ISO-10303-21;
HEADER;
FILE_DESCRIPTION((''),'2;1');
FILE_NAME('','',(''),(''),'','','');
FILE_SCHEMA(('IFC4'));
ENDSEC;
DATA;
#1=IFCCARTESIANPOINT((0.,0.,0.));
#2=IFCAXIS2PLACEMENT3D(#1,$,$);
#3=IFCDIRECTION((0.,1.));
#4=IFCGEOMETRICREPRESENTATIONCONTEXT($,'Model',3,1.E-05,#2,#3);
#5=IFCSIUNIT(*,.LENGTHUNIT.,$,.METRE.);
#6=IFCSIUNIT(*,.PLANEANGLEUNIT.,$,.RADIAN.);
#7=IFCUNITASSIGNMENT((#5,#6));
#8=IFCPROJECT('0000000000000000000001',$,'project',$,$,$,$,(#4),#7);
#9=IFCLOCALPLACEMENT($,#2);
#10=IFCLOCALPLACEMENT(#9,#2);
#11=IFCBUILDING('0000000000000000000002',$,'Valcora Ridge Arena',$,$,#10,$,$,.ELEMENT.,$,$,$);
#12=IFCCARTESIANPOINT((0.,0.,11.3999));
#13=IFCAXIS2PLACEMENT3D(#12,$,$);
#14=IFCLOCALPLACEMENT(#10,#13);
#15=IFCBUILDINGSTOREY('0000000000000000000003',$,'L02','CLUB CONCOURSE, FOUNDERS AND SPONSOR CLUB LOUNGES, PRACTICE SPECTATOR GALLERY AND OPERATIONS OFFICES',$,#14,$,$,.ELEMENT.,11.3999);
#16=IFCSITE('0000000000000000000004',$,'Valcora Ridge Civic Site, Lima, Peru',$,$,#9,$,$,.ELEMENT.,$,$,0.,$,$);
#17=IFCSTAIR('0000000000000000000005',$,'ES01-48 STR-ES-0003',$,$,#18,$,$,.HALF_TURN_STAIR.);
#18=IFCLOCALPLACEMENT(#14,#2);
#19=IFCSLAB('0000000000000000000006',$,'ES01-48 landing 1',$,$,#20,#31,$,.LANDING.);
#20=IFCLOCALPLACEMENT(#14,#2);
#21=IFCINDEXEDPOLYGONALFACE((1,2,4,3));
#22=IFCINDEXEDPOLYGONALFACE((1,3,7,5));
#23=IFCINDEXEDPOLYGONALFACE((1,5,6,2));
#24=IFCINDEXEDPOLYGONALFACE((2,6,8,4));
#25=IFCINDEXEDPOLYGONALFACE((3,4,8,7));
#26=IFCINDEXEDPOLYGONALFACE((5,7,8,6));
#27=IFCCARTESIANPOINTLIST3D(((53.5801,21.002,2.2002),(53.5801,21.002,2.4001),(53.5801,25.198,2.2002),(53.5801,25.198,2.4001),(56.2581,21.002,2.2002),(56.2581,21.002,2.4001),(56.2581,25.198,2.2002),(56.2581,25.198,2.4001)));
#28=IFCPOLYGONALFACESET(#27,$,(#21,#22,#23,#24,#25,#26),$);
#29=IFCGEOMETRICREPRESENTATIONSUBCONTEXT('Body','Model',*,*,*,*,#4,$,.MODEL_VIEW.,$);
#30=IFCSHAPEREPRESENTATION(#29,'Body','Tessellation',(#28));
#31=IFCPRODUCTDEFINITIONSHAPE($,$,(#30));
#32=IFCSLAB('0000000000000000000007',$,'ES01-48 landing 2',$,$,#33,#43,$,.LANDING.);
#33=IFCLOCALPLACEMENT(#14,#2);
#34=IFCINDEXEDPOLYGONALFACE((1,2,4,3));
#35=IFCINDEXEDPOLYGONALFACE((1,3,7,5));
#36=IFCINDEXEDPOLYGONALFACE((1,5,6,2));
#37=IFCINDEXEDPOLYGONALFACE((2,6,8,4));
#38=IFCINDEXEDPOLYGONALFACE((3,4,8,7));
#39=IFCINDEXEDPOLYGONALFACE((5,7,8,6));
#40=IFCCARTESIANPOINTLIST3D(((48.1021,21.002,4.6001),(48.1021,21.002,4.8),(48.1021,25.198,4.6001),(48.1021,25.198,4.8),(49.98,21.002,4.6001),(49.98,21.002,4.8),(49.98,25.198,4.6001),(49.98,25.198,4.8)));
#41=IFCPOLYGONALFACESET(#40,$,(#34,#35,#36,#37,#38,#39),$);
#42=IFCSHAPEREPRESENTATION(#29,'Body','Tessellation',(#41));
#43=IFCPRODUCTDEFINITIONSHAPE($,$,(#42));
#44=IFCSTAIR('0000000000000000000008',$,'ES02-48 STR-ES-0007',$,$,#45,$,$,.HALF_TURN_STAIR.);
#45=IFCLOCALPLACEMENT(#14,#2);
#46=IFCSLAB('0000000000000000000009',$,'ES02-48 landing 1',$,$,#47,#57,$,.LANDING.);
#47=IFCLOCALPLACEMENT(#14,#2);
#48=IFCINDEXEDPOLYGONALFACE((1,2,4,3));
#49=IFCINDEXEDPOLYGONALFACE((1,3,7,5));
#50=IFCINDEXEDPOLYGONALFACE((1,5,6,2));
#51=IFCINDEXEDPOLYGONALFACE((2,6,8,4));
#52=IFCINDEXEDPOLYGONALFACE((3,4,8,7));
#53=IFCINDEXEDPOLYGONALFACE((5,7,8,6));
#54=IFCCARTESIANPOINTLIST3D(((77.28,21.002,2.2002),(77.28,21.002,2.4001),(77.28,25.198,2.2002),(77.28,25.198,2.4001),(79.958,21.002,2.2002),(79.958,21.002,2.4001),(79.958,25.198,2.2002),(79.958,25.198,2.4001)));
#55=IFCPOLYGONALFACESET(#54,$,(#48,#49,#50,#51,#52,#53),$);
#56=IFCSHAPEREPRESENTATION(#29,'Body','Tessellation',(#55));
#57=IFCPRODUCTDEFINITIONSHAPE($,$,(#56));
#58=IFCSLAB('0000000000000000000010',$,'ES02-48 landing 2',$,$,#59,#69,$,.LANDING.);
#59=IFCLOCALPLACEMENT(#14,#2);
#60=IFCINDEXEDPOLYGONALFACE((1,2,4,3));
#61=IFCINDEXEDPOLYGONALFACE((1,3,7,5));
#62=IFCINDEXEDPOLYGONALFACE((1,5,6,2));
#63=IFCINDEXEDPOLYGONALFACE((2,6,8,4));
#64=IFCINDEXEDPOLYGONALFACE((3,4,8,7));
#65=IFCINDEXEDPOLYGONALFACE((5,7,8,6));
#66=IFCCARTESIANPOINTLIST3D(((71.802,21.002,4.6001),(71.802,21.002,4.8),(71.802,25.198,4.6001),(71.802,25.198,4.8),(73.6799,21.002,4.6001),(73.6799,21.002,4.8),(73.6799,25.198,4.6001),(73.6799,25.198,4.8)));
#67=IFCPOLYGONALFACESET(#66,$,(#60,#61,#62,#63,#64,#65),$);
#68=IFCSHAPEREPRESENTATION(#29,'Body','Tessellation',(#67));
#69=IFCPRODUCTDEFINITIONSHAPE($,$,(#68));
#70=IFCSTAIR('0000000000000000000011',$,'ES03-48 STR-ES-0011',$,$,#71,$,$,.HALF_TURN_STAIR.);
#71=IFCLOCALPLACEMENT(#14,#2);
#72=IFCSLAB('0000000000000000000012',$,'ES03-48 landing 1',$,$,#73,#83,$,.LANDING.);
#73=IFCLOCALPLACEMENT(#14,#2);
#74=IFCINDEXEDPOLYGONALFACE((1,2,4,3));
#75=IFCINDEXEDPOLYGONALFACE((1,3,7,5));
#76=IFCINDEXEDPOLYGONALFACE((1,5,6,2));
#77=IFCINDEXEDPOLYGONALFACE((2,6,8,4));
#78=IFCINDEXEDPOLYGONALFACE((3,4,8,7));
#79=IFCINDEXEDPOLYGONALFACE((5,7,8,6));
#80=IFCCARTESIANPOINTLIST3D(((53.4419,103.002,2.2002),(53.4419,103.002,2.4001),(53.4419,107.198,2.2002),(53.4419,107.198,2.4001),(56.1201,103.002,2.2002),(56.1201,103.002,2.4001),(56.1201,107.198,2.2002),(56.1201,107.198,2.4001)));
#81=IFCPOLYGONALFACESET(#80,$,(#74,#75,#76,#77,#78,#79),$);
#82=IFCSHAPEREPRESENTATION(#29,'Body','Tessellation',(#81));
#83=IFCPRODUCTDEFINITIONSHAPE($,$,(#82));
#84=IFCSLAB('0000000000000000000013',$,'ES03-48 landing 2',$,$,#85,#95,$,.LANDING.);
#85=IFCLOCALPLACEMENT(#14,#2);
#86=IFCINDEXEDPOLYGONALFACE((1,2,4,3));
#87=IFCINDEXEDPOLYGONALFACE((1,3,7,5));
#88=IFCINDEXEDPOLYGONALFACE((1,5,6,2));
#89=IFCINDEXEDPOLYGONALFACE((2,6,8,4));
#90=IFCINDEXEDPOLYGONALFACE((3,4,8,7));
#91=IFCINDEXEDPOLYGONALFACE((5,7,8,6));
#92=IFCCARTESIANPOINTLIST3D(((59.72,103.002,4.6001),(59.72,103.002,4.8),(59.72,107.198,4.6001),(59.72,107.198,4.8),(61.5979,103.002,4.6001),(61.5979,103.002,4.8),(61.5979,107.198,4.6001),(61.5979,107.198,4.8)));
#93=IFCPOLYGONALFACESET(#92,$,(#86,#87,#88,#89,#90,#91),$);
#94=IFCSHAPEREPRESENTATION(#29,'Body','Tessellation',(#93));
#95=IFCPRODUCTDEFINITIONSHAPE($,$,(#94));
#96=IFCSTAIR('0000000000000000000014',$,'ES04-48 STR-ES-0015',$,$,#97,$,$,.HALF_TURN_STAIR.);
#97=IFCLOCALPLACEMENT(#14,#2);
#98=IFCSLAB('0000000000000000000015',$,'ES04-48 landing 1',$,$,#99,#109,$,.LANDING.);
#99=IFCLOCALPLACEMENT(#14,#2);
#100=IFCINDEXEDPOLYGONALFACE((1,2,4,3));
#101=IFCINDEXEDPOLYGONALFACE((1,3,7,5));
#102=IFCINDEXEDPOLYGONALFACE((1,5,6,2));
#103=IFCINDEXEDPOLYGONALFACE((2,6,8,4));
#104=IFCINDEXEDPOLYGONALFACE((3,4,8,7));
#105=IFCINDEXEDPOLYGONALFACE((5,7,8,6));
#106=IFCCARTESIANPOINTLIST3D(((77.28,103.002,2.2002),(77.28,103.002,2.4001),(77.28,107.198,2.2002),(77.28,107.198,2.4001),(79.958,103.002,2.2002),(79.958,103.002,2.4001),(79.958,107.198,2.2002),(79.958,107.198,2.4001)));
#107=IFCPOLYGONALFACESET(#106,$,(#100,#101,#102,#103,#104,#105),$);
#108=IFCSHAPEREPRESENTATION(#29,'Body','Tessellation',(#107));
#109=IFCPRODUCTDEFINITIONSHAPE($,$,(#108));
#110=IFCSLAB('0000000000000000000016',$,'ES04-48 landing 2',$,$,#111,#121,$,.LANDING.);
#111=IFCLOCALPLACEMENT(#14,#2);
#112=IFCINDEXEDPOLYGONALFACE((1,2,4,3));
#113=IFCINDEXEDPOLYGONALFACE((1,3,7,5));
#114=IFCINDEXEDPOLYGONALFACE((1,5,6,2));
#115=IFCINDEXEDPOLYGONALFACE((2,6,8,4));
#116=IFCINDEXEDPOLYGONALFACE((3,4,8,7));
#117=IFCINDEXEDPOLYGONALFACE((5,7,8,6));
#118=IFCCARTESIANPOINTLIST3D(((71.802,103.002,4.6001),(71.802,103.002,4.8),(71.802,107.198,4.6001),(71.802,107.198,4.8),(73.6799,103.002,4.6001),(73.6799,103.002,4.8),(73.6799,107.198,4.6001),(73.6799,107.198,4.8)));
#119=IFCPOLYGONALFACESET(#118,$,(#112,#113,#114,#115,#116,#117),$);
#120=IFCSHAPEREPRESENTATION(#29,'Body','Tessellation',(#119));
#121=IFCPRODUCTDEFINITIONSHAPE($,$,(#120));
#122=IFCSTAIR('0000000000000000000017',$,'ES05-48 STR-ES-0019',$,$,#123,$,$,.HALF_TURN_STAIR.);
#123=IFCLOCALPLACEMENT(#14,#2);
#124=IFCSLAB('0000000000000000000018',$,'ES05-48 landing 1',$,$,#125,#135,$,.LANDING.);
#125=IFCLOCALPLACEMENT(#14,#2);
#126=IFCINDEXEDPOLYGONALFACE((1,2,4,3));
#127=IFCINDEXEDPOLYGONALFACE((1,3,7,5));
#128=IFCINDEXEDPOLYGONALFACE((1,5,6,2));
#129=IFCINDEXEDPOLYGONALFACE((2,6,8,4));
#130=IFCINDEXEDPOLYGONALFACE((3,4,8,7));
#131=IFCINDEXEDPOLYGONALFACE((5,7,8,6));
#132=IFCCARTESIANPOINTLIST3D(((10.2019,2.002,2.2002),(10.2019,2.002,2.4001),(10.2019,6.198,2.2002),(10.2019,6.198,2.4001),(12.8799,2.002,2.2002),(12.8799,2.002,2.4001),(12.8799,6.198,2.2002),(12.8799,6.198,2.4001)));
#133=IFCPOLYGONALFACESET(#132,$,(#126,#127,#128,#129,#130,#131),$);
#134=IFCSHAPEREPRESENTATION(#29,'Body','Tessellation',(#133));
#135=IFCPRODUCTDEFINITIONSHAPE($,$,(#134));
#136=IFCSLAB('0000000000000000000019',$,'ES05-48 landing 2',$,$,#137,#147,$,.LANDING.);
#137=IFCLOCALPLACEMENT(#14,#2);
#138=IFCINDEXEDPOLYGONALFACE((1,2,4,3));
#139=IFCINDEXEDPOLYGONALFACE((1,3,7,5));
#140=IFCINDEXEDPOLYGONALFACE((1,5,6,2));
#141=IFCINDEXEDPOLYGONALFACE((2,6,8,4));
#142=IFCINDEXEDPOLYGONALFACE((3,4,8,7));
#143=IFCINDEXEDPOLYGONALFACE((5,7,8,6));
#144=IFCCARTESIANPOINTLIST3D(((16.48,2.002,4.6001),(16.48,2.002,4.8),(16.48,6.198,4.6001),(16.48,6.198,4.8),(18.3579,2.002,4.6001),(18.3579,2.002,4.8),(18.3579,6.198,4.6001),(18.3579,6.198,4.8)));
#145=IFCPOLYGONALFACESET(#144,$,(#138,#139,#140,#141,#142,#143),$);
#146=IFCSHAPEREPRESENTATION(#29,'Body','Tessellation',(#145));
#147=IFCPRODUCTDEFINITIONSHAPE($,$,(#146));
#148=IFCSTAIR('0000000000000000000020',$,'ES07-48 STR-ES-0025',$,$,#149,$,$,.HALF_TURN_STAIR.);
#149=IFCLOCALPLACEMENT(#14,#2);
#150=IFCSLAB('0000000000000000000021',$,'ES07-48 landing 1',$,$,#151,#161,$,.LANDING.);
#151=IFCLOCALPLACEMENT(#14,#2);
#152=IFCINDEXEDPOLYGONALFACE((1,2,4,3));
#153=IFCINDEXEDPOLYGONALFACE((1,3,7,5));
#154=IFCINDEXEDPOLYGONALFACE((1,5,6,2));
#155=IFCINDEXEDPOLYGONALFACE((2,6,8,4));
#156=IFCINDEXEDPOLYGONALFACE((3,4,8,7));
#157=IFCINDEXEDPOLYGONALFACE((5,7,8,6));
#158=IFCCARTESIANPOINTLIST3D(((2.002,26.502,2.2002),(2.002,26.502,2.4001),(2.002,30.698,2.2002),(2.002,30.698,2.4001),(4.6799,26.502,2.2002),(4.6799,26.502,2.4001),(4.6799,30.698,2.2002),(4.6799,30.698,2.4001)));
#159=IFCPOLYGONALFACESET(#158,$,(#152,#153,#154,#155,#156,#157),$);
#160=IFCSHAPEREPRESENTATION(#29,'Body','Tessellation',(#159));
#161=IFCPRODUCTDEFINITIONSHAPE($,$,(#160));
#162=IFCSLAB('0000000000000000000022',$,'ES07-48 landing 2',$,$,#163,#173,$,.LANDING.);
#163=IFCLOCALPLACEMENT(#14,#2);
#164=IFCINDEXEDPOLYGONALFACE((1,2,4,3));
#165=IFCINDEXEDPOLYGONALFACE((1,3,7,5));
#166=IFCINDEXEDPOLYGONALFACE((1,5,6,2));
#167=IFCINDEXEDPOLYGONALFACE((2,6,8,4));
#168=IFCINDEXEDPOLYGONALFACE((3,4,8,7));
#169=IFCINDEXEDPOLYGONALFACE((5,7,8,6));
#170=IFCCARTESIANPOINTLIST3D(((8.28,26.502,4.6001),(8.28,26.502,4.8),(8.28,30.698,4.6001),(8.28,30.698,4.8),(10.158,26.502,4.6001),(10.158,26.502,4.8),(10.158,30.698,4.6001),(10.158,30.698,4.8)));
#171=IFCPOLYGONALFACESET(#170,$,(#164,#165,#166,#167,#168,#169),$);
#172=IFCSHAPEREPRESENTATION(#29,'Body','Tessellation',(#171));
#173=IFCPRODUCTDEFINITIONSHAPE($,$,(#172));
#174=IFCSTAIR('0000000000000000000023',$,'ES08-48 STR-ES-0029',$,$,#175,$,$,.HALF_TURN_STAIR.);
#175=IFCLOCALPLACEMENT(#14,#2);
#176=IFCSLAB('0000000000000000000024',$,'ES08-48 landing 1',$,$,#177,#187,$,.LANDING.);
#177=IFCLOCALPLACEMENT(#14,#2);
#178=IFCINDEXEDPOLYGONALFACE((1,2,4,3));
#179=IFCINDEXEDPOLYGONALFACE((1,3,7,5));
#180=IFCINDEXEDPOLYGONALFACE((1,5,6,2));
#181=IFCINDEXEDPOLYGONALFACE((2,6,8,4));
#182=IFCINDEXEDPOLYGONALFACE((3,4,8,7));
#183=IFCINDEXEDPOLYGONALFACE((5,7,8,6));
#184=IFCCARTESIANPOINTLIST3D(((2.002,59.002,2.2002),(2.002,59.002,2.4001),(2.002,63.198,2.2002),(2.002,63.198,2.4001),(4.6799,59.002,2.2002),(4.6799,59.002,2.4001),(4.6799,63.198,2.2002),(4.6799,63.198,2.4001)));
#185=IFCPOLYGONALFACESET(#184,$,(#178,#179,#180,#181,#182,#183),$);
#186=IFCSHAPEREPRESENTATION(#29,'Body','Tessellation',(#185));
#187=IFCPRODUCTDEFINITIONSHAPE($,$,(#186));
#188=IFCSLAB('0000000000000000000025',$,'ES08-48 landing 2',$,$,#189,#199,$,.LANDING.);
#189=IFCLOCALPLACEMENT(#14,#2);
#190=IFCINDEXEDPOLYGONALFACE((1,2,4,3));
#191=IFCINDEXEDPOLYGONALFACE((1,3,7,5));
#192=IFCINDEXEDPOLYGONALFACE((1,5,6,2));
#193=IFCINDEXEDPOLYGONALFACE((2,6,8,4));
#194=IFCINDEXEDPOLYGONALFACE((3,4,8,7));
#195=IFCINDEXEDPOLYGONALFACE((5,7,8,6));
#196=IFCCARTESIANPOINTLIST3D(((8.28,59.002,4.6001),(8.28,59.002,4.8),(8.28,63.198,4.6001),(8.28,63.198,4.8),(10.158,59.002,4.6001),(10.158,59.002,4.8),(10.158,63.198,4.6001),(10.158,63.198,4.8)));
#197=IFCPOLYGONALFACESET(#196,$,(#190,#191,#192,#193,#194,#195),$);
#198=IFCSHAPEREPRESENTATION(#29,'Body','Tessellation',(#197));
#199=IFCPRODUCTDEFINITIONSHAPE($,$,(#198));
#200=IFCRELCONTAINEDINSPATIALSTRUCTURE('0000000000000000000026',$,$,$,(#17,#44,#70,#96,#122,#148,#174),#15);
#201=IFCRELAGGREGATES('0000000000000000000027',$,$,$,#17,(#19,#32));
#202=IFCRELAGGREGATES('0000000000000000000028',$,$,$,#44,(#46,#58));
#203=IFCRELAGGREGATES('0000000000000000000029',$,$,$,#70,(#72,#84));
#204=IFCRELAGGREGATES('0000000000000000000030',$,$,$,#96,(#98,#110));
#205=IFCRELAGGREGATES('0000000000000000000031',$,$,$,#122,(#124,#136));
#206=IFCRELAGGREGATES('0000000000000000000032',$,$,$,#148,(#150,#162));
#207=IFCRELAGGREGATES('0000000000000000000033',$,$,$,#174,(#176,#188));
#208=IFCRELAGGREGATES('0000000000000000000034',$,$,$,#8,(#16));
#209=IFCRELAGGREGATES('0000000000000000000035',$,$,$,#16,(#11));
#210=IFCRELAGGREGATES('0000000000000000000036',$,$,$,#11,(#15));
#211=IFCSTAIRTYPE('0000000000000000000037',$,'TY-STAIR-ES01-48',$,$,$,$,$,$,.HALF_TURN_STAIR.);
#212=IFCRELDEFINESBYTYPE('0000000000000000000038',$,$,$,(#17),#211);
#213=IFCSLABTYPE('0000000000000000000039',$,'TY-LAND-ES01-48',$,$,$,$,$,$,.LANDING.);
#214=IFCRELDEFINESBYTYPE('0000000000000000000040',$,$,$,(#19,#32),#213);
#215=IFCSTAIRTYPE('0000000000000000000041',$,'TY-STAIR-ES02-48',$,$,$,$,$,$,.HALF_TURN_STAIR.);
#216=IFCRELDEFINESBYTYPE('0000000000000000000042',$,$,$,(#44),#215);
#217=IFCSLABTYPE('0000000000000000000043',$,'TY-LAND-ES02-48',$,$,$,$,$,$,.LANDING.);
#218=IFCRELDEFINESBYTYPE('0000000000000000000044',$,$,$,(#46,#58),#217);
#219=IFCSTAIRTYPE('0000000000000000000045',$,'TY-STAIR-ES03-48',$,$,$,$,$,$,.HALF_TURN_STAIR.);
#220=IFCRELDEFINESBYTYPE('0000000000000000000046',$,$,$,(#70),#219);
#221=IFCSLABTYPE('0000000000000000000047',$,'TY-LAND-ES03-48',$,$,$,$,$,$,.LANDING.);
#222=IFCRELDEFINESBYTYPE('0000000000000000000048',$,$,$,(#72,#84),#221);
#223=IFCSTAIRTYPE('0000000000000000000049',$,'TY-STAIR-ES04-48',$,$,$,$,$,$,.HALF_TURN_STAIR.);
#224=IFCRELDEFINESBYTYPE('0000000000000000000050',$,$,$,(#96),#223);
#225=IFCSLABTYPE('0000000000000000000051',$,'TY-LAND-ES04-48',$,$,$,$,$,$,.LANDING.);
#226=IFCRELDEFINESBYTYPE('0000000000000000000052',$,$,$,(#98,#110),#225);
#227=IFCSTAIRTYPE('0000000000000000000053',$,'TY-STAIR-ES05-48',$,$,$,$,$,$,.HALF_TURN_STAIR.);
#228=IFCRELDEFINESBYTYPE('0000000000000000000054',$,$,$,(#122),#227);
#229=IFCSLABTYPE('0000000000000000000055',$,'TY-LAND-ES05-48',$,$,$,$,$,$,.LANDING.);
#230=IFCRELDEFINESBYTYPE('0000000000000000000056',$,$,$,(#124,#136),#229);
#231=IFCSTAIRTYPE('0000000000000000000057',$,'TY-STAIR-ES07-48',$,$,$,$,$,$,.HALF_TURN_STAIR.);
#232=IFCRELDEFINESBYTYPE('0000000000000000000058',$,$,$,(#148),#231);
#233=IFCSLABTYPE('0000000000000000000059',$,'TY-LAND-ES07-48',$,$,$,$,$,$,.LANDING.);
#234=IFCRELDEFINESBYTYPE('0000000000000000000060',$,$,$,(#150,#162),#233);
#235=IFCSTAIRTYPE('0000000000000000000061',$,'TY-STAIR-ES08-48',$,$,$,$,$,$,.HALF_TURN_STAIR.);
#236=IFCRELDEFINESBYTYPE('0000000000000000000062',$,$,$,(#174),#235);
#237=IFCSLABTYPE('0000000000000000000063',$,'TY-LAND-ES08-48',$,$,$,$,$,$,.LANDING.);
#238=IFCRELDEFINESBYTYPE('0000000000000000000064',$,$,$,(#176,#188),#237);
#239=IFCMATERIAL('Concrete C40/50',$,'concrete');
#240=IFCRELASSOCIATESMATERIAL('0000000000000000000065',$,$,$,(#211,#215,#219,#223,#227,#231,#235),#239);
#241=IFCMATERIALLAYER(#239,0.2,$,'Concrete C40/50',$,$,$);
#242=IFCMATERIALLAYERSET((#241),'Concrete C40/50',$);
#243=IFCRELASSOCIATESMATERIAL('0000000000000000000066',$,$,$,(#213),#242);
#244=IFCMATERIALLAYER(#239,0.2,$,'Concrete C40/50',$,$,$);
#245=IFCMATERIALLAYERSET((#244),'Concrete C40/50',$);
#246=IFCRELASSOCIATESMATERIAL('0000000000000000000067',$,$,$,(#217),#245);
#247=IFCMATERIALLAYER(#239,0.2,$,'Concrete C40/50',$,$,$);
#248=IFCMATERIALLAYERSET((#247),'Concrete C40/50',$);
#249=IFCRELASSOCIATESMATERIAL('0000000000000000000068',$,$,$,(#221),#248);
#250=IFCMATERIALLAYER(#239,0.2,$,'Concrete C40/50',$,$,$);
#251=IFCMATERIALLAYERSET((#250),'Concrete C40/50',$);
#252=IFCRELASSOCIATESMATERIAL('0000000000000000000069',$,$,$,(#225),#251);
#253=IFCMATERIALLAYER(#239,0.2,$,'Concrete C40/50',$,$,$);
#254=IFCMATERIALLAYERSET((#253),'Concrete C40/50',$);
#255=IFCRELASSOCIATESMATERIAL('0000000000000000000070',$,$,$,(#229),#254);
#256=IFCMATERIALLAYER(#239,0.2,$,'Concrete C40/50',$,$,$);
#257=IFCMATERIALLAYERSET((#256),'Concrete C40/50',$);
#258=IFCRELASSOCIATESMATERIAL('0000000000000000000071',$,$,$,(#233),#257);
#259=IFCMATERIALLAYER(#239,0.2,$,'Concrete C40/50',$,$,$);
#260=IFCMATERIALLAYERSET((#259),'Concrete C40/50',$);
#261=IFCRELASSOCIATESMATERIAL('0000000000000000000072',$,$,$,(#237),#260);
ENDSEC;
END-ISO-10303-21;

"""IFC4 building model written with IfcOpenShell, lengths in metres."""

from ifc_helpers import new_model, si_unit, direction, frame, origin, place, context, subcontext, project, spatial, polyline, outline, extrude, material, layer, layer_set, type_object, element, aggregate, save


model = new_model("IFC4")

# Units and contexts
model_context = context("Model", 3, precision=1e-05, world=origin(), true_north=direction((0.0, 1.0)))
body_context = subcontext(model_context, "Body", "Model", "MODEL_VIEW")
ifc_project = project(units=[si_unit("LENGTHUNIT", "METRE"), si_unit("PLANEANGLEUNIT", "RADIAN")], contexts=[model_context])

# Site, building, storey
site_placement = place(None, origin())
site = spatial("IfcSite", under=ifc_project, at=site_placement, Name="Valcora Ridge Civic Site, Lima, Peru", CompositionType="ELEMENT", RefElevation=0.0)
building_placement = place(site_placement, origin())
building = spatial("IfcBuilding", under=site, at=building_placement, Name="Valcora Ridge Arena", CompositionType="ELEMENT")
storey_placement = place(building_placement, frame((0.0, 0.0, 11.3999)))
storey = spatial("IfcBuildingStorey", under=building, at=storey_placement, Name="L02", Description="CLUB CONCOURSE, FOUNDERS AND SPONSOR CLUB LOUNGES, PRACTICE SPECTATOR GALLERY AND OPERATIONS OFFICES", CompositionType="ELEMENT", Elevation=11.3999)

# Stairs, slabs
ifc_material = material(Name="Concrete C40/50", Category="concrete")
stair_type_1 = type_object("IfcStairType", Name="TY-STAIR-ES01-48", PredefinedType="HALF_TURN_STAIR", material=ifc_material)
stair_1_placement = place(storey_placement, origin())
stair_1 = element("IfcStair", 1, at=stair_1_placement, inside=storey, type_object=stair_type_1, Name="ES01-48 STR-ES-0003", PredefinedType="HALF_TURN_STAIR")
ifc_layer_1 = layer(ifc_material, 0.2, Name="Concrete C40/50")
ifc_layer_set_1 = layer_set([ifc_layer_1], Name="Concrete C40/50")
slab_type_1 = type_object("IfcSlabType", Name="TY-LAND-ES01-48", PredefinedType="LANDING", material=ifc_layer_set_1)
slab_1_placement = place(storey_placement, frame((0.0, 0.0, 2.2002)))
slab_1 = element("IfcSlab", 2, at=slab_1_placement, type_object=slab_type_1, Name="ES01-48 landing 1", PredefinedType="LANDING", context=body_context, shape_type="SweptSolid", body=[
    extrude(outline(polyline([(53.5801, 21.002), (56.2581, 21.002), (56.2581, 25.198), (53.5801, 25.198), (53.5801, 21.002)])), origin(), (0.0, 0.0, 1.0), 0.2),
])
slab_2_placement = place(storey_placement, frame((0.0, 0.0, 4.6001)))
slab_2 = element("IfcSlab", 3, at=slab_2_placement, type_object=slab_type_1, Name="ES01-48 landing 2", PredefinedType="LANDING", context=body_context, shape_type="SweptSolid", body=[
    extrude(outline(polyline([(48.1021, 21.002), (49.98, 21.002), (49.98, 25.198), (48.1021, 25.198), (48.1021, 21.002)])), origin(), (0.0, 0.0, 1.0), 0.2),
])
aggregate(stair_1, [slab_1, slab_2])
stair_type_2 = type_object("IfcStairType", Name="TY-STAIR-ES02-48", PredefinedType="HALF_TURN_STAIR", material=ifc_material)
stair_2_placement = place(storey_placement, origin())
stair_2 = element("IfcStair", 4, at=stair_2_placement, inside=storey, type_object=stair_type_2, Name="ES02-48 STR-ES-0007", PredefinedType="HALF_TURN_STAIR")
ifc_layer_2 = layer(ifc_material, 0.2, Name="Concrete C40/50")
ifc_layer_set_2 = layer_set([ifc_layer_2], Name="Concrete C40/50")
slab_type_2 = type_object("IfcSlabType", Name="TY-LAND-ES02-48", PredefinedType="LANDING", material=ifc_layer_set_2)
slab_3_placement = place(storey_placement, frame((0.0, 0.0, 2.2002)))
slab_3 = element("IfcSlab", 5, at=slab_3_placement, type_object=slab_type_2, Name="ES02-48 landing 1", PredefinedType="LANDING", context=body_context, shape_type="SweptSolid", body=[
    extrude(outline(polyline([(77.28, 21.002), (79.958, 21.002), (79.958, 25.198), (77.28, 25.198), (77.28, 21.002)])), origin(), (0.0, 0.0, 1.0), 0.2),
])
slab_4_placement = place(storey_placement, frame((0.0, 0.0, 4.6001)))
slab_4 = element("IfcSlab", 6, at=slab_4_placement, type_object=slab_type_2, Name="ES02-48 landing 2", PredefinedType="LANDING", context=body_context, shape_type="SweptSolid", body=[
    extrude(outline(polyline([(71.802, 21.002), (73.6799, 21.002), (73.6799, 25.198), (71.802, 25.198), (71.802, 21.002)])), origin(), (0.0, 0.0, 1.0), 0.2),
])
aggregate(stair_2, [slab_3, slab_4])
stair_type_3 = type_object("IfcStairType", Name="TY-STAIR-ES03-48", PredefinedType="HALF_TURN_STAIR", material=ifc_material)
stair_3_placement = place(storey_placement, origin())
stair_3 = element("IfcStair", 7, at=stair_3_placement, inside=storey, type_object=stair_type_3, Name="ES03-48 STR-ES-0011", PredefinedType="HALF_TURN_STAIR")
ifc_layer_3 = layer(ifc_material, 0.2, Name="Concrete C40/50")
ifc_layer_set_3 = layer_set([ifc_layer_3], Name="Concrete C40/50")
slab_type_3 = type_object("IfcSlabType", Name="TY-LAND-ES03-48", PredefinedType="LANDING", material=ifc_layer_set_3)
slab_5_placement = place(storey_placement, frame((0.0, 0.0, 2.2002)))
slab_5 = element("IfcSlab", 8, at=slab_5_placement, type_object=slab_type_3, Name="ES03-48 landing 1", PredefinedType="LANDING", context=body_context, shape_type="SweptSolid", body=[
    extrude(outline(polyline([(53.4419, 103.002), (56.1201, 103.002), (56.1201, 107.198), (53.4419, 107.198), (53.4419, 103.002)])), origin(), (0.0, 0.0, 1.0), 0.2),
])
slab_6_placement = place(storey_placement, frame((0.0, 0.0, 4.6001)))
slab_6 = element("IfcSlab", 9, at=slab_6_placement, type_object=slab_type_3, Name="ES03-48 landing 2", PredefinedType="LANDING", context=body_context, shape_type="SweptSolid", body=[
    extrude(outline(polyline([(59.72, 103.002), (61.5979, 103.002), (61.5979, 107.198), (59.72, 107.198), (59.72, 103.002)])), origin(), (0.0, 0.0, 1.0), 0.2),
])
aggregate(stair_3, [slab_5, slab_6])
stair_type_4 = type_object("IfcStairType", Name="TY-STAIR-ES04-48", PredefinedType="HALF_TURN_STAIR", material=ifc_material)
stair_4_placement = place(storey_placement, origin())
stair_4 = element("IfcStair", 10, at=stair_4_placement, inside=storey, type_object=stair_type_4, Name="ES04-48 STR-ES-0015", PredefinedType="HALF_TURN_STAIR")
ifc_layer_4 = layer(ifc_material, 0.2, Name="Concrete C40/50")
ifc_layer_set_4 = layer_set([ifc_layer_4], Name="Concrete C40/50")
slab_type_4 = type_object("IfcSlabType", Name="TY-LAND-ES04-48", PredefinedType="LANDING", material=ifc_layer_set_4)
slab_7_placement = place(storey_placement, frame((0.0, 0.0, 2.2002)))
slab_7 = element("IfcSlab", 11, at=slab_7_placement, type_object=slab_type_4, Name="ES04-48 landing 1", PredefinedType="LANDING", context=body_context, shape_type="SweptSolid", body=[
    extrude(outline(polyline([(77.28, 103.002), (79.958, 103.002), (79.958, 107.198), (77.28, 107.198), (77.28, 103.002)])), origin(), (0.0, 0.0, 1.0), 0.2),
])
slab_8_placement = place(storey_placement, frame((0.0, 0.0, 4.6001)))
slab_8 = element("IfcSlab", 12, at=slab_8_placement, type_object=slab_type_4, Name="ES04-48 landing 2", PredefinedType="LANDING", context=body_context, shape_type="SweptSolid", body=[
    extrude(outline(polyline([(71.802, 103.002), (73.6799, 103.002), (73.6799, 107.198), (71.802, 107.198), (71.802, 103.002)])), origin(), (0.0, 0.0, 1.0), 0.2),
])
aggregate(stair_4, [slab_7, slab_8])
stair_type_5 = type_object("IfcStairType", Name="TY-STAIR-ES05-48", PredefinedType="HALF_TURN_STAIR", material=ifc_material)
stair_5_placement = place(storey_placement, origin())
stair_5 = element("IfcStair", 13, at=stair_5_placement, inside=storey, type_object=stair_type_5, Name="ES05-48 STR-ES-0019", PredefinedType="HALF_TURN_STAIR")
ifc_layer_5 = layer(ifc_material, 0.2, Name="Concrete C40/50")
ifc_layer_set_5 = layer_set([ifc_layer_5], Name="Concrete C40/50")
slab_type_5 = type_object("IfcSlabType", Name="TY-LAND-ES05-48", PredefinedType="LANDING", material=ifc_layer_set_5)
slab_9_placement = place(storey_placement, frame((0.0, 0.0, 2.2002)))
slab_9 = element("IfcSlab", 14, at=slab_9_placement, type_object=slab_type_5, Name="ES05-48 landing 1", PredefinedType="LANDING", context=body_context, shape_type="SweptSolid", body=[
    extrude(outline(polyline([(10.2019, 2.002), (12.8799, 2.002), (12.8799, 6.198), (10.2019, 6.198), (10.2019, 2.002)])), origin(), (0.0, 0.0, 1.0), 0.2),
])
slab_10_placement = place(storey_placement, frame((0.0, 0.0, 4.6001)))
slab_10 = element("IfcSlab", 15, at=slab_10_placement, type_object=slab_type_5, Name="ES05-48 landing 2", PredefinedType="LANDING", context=body_context, shape_type="SweptSolid", body=[
    extrude(outline(polyline([(16.48, 2.002), (18.3579, 2.002), (18.3579, 6.198), (16.48, 6.198), (16.48, 2.002)])), origin(), (0.0, 0.0, 1.0), 0.2),
])
aggregate(stair_5, [slab_9, slab_10])
stair_type_6 = type_object("IfcStairType", Name="TY-STAIR-ES07-48", PredefinedType="HALF_TURN_STAIR", material=ifc_material)
stair_6_placement = place(storey_placement, origin())
stair_6 = element("IfcStair", 16, at=stair_6_placement, inside=storey, type_object=stair_type_6, Name="ES07-48 STR-ES-0025", PredefinedType="HALF_TURN_STAIR")
ifc_layer_6 = layer(ifc_material, 0.2, Name="Concrete C40/50")
ifc_layer_set_6 = layer_set([ifc_layer_6], Name="Concrete C40/50")
slab_type_6 = type_object("IfcSlabType", Name="TY-LAND-ES07-48", PredefinedType="LANDING", material=ifc_layer_set_6)
slab_11_placement = place(storey_placement, frame((0.0, 0.0, 2.2002)))
slab_11 = element("IfcSlab", 17, at=slab_11_placement, type_object=slab_type_6, Name="ES07-48 landing 1", PredefinedType="LANDING", context=body_context, shape_type="SweptSolid", body=[
    extrude(outline(polyline([(2.002, 26.502), (4.6799, 26.502), (4.6799, 30.698), (2.002, 30.698), (2.002, 26.502)])), origin(), (0.0, 0.0, 1.0), 0.2),
])
slab_12_placement = place(storey_placement, frame((0.0, 0.0, 4.6001)))
slab_12 = element("IfcSlab", 18, at=slab_12_placement, type_object=slab_type_6, Name="ES07-48 landing 2", PredefinedType="LANDING", context=body_context, shape_type="SweptSolid", body=[
    extrude(outline(polyline([(8.28, 26.502), (10.158, 26.502), (10.158, 30.698), (8.28, 30.698), (8.28, 26.502)])), origin(), (0.0, 0.0, 1.0), 0.2),
])
aggregate(stair_6, [slab_11, slab_12])
stair_type_7 = type_object("IfcStairType", Name="TY-STAIR-ES08-48", PredefinedType="HALF_TURN_STAIR", material=ifc_material)
stair_7_placement = place(storey_placement, origin())
stair_7 = element("IfcStair", 19, at=stair_7_placement, inside=storey, type_object=stair_type_7, Name="ES08-48 STR-ES-0029", PredefinedType="HALF_TURN_STAIR")
ifc_layer_7 = layer(ifc_material, 0.2, Name="Concrete C40/50")
ifc_layer_set_7 = layer_set([ifc_layer_7], Name="Concrete C40/50")
slab_type_7 = type_object("IfcSlabType", Name="TY-LAND-ES08-48", PredefinedType="LANDING", material=ifc_layer_set_7)
slab_13_placement = place(storey_placement, frame((0.0, 0.0, 2.2002)))
slab_13 = element("IfcSlab", 20, at=slab_13_placement, type_object=slab_type_7, Name="ES08-48 landing 1", PredefinedType="LANDING", context=body_context, shape_type="SweptSolid", body=[
    extrude(outline(polyline([(2.002, 59.002), (4.6799, 59.002), (4.6799, 63.198), (2.002, 63.198), (2.002, 59.002)])), origin(), (0.0, 0.0, 1.0), 0.2),
])
slab_14_placement = place(storey_placement, frame((0.0, 0.0, 4.6001)))
slab_14 = element("IfcSlab", 21, at=slab_14_placement, type_object=slab_type_7, Name="ES08-48 landing 2", PredefinedType="LANDING", context=body_context, shape_type="SweptSolid", body=[
    extrude(outline(polyline([(8.28, 59.002), (10.158, 59.002), (10.158, 63.198), (8.28, 63.198), (8.28, 59.002)])), origin(), (0.0, 0.0, 1.0), 0.2),
])
aggregate(stair_7, [slab_13, slab_14])

save(model, "model.ifc")
